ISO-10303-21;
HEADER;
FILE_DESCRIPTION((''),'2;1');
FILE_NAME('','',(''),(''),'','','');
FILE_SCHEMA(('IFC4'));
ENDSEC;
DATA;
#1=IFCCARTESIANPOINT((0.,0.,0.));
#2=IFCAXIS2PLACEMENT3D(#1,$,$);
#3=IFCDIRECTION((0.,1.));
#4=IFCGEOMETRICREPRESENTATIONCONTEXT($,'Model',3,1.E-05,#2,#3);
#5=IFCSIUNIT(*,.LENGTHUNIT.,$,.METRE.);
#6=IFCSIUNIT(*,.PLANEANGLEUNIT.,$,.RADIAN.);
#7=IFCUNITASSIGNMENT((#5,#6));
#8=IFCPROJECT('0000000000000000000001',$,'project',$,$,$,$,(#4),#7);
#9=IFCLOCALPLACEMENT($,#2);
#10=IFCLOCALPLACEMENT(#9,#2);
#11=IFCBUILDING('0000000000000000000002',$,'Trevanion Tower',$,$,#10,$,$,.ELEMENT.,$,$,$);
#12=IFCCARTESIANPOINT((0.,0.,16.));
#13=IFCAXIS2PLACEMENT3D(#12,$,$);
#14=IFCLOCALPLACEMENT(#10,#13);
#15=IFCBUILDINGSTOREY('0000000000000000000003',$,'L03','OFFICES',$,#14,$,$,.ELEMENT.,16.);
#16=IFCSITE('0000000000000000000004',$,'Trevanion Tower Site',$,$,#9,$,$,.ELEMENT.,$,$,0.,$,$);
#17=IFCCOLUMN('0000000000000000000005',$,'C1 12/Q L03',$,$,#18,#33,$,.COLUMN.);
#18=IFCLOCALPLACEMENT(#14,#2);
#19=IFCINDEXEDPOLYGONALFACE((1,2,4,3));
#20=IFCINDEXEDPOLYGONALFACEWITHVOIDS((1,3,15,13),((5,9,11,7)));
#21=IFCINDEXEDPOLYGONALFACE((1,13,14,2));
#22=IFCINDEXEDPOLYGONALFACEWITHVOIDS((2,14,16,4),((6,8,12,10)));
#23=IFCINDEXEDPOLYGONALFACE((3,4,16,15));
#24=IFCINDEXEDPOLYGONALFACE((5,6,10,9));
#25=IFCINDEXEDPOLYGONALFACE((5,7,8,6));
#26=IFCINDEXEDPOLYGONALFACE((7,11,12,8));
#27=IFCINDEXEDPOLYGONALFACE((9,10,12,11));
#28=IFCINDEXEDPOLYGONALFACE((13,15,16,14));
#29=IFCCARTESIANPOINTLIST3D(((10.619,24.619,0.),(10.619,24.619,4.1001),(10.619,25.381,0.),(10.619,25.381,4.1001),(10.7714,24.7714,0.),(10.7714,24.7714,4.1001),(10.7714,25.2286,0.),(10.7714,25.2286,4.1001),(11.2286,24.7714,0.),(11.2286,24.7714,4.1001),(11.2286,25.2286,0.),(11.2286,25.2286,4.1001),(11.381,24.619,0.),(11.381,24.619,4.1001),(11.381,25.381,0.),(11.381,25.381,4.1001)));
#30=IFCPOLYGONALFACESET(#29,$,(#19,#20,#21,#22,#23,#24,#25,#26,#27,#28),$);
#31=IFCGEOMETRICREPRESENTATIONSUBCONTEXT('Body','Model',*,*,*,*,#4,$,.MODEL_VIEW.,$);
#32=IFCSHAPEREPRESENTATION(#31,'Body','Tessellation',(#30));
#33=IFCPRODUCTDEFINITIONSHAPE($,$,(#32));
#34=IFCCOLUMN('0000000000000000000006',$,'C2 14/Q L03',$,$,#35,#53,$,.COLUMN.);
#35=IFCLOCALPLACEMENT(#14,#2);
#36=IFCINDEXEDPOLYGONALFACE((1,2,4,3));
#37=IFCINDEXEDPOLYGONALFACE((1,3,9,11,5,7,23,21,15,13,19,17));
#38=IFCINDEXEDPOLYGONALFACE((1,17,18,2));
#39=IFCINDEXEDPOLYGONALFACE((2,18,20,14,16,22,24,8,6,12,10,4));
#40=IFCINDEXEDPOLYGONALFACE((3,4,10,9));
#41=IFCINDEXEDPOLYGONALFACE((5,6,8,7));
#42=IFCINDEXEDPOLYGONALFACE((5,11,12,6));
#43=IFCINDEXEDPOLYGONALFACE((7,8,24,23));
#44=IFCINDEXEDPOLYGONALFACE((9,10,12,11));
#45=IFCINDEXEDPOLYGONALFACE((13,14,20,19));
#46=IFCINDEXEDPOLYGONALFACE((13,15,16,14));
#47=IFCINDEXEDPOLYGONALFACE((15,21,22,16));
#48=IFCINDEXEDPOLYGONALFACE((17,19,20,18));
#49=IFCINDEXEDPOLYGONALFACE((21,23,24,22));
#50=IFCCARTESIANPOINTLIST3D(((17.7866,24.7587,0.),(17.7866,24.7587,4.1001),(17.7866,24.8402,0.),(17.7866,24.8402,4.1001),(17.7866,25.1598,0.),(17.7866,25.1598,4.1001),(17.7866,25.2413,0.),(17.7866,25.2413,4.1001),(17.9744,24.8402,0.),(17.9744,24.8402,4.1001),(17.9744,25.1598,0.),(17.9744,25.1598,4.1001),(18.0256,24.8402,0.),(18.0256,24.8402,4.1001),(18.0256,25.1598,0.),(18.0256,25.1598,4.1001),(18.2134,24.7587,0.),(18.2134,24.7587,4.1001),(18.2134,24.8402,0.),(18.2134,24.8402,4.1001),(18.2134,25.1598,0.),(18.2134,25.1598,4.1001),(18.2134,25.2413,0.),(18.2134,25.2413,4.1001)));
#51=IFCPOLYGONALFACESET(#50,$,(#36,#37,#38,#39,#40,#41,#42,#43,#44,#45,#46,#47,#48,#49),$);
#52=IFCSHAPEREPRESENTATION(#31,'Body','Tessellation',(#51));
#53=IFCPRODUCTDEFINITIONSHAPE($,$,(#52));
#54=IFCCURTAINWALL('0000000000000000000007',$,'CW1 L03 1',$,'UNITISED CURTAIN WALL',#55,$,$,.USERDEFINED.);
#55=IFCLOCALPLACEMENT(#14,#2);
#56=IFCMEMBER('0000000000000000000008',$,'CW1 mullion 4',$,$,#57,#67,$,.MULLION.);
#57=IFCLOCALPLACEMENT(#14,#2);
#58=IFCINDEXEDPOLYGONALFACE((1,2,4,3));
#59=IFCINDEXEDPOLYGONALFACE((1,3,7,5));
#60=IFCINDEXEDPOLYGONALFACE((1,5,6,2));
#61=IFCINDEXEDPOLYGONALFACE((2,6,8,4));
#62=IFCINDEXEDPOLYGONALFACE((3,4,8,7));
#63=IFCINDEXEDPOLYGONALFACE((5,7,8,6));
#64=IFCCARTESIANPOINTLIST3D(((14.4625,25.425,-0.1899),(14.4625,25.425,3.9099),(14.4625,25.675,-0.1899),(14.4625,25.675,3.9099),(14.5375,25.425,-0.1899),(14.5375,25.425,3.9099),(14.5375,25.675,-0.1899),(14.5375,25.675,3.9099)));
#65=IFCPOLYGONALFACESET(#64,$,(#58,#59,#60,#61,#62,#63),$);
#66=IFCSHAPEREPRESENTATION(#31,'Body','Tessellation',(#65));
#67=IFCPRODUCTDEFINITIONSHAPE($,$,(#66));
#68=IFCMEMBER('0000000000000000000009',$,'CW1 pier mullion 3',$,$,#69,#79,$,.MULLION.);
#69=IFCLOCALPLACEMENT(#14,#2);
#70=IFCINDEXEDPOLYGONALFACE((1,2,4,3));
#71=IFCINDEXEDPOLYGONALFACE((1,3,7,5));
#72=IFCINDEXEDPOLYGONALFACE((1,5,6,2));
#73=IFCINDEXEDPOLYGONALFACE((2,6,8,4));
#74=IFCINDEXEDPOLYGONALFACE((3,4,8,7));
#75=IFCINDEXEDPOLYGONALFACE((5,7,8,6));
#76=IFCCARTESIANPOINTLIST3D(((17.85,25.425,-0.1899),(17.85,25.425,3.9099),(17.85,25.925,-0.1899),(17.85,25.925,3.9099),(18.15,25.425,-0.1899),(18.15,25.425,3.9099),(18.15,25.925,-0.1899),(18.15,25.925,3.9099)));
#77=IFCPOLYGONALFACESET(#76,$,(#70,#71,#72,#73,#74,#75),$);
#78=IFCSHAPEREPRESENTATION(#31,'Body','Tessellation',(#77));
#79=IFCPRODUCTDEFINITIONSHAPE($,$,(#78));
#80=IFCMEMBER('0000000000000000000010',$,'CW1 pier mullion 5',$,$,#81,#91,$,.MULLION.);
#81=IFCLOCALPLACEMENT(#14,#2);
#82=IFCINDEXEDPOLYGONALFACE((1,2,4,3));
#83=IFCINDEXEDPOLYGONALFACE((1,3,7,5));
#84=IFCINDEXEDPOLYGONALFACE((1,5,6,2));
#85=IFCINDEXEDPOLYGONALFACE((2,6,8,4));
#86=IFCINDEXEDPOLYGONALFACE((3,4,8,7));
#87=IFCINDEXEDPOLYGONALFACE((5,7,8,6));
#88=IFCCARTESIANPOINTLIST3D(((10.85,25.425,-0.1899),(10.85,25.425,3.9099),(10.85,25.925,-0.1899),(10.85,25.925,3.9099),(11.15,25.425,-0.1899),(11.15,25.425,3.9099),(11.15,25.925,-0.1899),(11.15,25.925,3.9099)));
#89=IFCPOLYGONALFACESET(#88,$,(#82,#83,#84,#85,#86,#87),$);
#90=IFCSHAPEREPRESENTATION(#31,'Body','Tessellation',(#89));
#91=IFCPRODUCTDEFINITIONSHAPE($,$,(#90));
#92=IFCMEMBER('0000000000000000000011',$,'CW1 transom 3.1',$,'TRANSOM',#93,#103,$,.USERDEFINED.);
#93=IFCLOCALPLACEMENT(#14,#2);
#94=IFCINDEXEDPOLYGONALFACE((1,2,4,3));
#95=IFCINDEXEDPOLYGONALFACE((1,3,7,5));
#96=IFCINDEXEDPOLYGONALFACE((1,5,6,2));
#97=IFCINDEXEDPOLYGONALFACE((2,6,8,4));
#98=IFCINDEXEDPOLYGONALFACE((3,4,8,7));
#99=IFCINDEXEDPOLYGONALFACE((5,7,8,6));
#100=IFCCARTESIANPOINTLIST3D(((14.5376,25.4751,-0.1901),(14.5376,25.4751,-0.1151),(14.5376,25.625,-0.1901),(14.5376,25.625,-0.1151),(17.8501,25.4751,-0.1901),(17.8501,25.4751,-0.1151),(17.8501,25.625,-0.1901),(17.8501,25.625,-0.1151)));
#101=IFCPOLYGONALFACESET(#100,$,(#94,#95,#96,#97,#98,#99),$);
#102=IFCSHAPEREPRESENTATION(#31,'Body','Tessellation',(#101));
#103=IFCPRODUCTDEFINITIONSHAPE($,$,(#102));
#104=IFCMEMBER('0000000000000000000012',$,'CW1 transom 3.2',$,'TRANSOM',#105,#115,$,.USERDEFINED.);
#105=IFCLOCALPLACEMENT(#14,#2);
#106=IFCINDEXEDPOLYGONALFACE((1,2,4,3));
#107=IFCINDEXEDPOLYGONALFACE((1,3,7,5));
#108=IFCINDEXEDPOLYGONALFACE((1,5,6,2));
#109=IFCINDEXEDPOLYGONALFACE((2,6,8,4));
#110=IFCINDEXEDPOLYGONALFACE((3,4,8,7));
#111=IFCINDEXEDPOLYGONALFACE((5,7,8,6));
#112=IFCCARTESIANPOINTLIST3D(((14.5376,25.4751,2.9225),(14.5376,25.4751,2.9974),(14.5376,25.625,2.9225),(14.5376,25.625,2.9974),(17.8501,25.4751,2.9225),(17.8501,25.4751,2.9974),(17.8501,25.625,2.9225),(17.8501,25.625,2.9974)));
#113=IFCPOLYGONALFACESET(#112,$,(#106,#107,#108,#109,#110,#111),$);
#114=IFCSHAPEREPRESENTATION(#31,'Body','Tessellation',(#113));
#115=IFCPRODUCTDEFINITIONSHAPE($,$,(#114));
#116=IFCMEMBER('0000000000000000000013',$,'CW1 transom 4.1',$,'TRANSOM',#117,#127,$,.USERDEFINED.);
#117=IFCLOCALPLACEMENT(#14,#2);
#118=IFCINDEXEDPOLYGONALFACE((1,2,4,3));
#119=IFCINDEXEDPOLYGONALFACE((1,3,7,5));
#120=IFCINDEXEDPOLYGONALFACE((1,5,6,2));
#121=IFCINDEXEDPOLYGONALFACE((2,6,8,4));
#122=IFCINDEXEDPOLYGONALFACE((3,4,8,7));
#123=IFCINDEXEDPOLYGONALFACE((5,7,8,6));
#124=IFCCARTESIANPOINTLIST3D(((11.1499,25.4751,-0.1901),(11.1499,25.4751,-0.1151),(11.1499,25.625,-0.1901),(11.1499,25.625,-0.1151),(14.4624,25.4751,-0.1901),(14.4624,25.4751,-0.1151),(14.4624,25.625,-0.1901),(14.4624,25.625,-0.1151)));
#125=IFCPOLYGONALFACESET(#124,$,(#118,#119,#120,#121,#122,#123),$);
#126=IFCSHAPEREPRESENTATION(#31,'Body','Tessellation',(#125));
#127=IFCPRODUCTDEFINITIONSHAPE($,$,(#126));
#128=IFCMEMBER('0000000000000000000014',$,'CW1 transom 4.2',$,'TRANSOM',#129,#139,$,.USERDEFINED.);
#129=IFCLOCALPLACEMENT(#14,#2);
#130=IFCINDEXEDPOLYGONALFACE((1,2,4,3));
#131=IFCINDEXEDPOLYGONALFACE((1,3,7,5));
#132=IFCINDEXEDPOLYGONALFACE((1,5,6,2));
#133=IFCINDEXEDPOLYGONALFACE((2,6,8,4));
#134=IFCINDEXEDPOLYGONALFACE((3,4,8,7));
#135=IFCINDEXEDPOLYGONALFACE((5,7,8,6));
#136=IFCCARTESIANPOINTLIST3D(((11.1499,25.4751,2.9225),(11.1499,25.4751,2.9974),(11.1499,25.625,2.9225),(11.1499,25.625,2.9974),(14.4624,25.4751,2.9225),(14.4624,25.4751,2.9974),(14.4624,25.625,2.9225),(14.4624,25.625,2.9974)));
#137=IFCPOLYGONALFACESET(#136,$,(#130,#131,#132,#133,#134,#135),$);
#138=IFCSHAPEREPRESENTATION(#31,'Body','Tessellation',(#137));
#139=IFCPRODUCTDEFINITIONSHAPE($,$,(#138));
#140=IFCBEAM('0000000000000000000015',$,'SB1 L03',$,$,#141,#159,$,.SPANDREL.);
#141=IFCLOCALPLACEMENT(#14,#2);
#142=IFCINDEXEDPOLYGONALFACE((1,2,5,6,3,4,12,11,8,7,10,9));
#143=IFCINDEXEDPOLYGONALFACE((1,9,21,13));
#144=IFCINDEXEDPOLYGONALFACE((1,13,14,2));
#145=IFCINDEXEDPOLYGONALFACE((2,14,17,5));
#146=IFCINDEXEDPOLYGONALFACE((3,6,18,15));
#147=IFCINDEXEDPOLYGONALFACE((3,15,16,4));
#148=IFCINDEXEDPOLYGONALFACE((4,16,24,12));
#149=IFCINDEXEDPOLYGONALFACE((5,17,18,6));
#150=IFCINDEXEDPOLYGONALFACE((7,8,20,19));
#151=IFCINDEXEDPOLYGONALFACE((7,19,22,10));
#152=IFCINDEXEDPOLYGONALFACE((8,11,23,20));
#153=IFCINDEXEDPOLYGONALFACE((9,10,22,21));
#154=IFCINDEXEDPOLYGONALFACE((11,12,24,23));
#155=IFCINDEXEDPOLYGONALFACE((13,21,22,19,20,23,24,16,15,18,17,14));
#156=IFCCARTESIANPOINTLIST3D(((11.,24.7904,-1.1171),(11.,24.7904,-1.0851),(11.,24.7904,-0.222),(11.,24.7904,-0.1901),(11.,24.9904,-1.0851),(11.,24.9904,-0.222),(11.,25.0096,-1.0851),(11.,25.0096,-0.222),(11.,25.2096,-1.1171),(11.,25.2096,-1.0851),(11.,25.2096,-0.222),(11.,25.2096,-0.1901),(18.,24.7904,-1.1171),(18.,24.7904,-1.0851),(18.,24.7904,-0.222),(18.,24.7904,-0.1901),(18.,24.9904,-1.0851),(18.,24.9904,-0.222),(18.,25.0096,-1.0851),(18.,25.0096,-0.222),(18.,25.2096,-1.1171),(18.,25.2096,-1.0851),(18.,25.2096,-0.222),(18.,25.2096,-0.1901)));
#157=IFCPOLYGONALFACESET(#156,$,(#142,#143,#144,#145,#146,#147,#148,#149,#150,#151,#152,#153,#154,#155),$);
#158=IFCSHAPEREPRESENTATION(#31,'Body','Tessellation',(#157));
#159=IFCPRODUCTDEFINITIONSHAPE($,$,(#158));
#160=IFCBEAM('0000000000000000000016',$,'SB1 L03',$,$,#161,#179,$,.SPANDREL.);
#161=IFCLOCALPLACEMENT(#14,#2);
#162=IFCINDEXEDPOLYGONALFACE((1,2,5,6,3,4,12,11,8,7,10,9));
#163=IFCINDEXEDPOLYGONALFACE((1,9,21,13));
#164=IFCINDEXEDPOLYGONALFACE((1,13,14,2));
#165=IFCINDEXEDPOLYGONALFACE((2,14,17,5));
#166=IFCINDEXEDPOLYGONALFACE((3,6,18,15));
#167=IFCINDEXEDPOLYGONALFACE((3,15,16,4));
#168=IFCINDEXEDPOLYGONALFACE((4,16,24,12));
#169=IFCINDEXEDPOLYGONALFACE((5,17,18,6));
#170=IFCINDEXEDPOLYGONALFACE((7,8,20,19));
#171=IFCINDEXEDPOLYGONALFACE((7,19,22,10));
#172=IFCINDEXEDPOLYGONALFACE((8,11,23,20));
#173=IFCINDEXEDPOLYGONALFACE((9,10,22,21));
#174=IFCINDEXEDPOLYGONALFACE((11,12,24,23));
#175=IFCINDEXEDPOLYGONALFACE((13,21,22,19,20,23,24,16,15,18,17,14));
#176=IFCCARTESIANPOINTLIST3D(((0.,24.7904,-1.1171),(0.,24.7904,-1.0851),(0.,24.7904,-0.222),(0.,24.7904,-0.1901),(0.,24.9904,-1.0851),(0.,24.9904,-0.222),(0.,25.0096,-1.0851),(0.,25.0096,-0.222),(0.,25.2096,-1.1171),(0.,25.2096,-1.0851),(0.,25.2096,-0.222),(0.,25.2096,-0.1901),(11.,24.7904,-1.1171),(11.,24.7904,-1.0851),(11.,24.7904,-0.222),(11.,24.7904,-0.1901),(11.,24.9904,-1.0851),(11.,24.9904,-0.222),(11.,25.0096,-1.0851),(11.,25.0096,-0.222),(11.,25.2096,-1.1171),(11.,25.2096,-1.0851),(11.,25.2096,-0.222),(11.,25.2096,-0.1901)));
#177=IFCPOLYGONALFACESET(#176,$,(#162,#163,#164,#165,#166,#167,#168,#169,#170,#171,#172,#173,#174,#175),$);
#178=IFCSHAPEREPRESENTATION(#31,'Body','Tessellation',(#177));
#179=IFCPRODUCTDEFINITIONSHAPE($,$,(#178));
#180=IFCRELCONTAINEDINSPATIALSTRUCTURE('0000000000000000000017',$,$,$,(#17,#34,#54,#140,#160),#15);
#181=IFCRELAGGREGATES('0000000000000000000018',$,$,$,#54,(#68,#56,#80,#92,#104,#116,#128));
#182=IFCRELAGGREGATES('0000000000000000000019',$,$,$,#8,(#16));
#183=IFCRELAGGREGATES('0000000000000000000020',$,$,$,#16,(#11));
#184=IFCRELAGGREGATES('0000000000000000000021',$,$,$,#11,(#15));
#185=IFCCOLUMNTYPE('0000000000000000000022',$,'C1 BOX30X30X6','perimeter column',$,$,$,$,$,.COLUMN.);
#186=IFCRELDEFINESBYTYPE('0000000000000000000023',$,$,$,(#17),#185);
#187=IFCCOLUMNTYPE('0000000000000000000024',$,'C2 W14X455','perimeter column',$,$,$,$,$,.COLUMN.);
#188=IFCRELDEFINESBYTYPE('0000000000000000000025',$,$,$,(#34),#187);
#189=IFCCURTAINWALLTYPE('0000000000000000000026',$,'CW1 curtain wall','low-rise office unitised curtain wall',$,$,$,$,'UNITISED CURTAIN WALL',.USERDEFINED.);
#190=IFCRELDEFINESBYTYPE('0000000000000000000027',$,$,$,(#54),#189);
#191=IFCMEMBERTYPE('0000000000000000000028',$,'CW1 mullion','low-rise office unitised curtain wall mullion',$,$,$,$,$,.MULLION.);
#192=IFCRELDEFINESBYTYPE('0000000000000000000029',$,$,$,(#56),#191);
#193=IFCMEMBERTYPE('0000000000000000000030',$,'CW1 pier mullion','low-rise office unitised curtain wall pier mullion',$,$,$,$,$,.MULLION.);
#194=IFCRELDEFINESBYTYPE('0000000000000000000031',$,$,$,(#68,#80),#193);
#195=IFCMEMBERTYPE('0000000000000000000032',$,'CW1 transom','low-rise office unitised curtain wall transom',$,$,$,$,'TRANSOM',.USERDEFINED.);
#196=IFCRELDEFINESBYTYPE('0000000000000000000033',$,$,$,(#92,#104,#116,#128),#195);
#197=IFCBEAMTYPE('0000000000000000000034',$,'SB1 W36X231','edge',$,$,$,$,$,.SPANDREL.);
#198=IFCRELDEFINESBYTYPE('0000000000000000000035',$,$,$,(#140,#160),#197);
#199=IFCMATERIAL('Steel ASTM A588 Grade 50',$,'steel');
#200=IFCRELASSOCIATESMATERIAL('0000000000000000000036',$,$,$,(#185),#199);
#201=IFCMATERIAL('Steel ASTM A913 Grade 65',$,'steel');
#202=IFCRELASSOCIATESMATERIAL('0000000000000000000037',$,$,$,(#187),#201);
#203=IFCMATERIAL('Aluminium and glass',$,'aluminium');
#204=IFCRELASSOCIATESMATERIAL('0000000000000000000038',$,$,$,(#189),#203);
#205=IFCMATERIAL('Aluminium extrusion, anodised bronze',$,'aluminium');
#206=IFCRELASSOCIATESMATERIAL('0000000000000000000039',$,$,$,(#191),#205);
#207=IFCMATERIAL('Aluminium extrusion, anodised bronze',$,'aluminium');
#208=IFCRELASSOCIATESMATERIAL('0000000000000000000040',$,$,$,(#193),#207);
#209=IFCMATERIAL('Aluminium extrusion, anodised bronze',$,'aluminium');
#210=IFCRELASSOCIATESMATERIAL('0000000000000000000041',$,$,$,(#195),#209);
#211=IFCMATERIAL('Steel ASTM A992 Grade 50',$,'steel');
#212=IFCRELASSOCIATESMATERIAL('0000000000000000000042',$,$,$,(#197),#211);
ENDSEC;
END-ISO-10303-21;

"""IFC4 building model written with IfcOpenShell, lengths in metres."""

from ifc_helpers import new_model, si_unit, direction, frame, origin, origin_2d, place, context, subcontext, project, spatial, rectangle, hollow_rectangle, i_section, extrude, material, material_profile, profile_set, type_object, element, aggregate, save


model = new_model("IFC4")

# Units and contexts
model_context = context("Model", 3, precision=1e-05, world=origin(), true_north=direction((0.0, 1.0)))
body_context = subcontext(model_context, "Body", "Model", "MODEL_VIEW")
ifc_project = project(units=[si_unit("LENGTHUNIT", "METRE"), si_unit("PLANEANGLEUNIT", "RADIAN")], contexts=[model_context])

# Site, building, storey
site_placement = place(None, origin())
site = spatial("IfcSite", under=ifc_project, at=site_placement, Name="Trevanion Tower Site", CompositionType="ELEMENT", RefElevation=0.0)
building_placement = place(site_placement, origin())
building = spatial("IfcBuilding", under=site, at=building_placement, Name="Trevanion Tower", CompositionType="ELEMENT")
storey_placement = place(building_placement, frame((0.0, 0.0, 16.0)))
storey = spatial("IfcBuildingStorey", under=building, at=storey_placement, Name="L03", Description="OFFICES", CompositionType="ELEMENT", Elevation=16.0)

# Columns
ifc_material_1 = material(Name="Steel ASTM A588 Grade 50", Category="steel")
ifc_material_profile_1 = material_profile(ifc_material_1, hollow_rectangle(XDim=0.762, YDim=0.762, WallThickness=0.1523, at=origin_2d()), Name="BOX30X30X6")
ifc_profile_set_1 = profile_set([ifc_material_profile_1], Name="Steel ASTM A588 Grade 50")
column_type_1 = type_object("IfcColumnType", Name="C1 BOX30X30X6", Description="perimeter column", PredefinedType="COLUMN", material=ifc_profile_set_1)
column_1_placement = place(storey_placement, frame((11.0, 25.0, 0.0), z_axis=(0.0, 0.0, 1.0), x_axis=(1.0, 0.0, 0.0)))
element("IfcColumn", 1, at=column_1_placement, inside=storey, type_object=column_type_1, Name="C1 12/Q L03", PredefinedType="COLUMN", context=body_context, shape_type="SweptSolid", body=[
    extrude(hollow_rectangle(XDim=0.762, YDim=0.762, WallThickness=0.1523, at=origin_2d()), origin(), (0.0, 0.0, 1.0), 4.1001),
])
ifc_material_2 = material(Name="Steel ASTM A913 Grade 65", Category="steel")
ifc_material_profile_2 = material_profile(ifc_material_2, i_section(OverallWidth=0.4268, OverallDepth=0.4827, WebThickness=0.0513, FlangeThickness=0.0815, at=origin_2d()), Name="W14X455")
ifc_profile_set_2 = profile_set([ifc_material_profile_2], Name="Steel ASTM A913 Grade 65")
column_type_2 = type_object("IfcColumnType", Name="C2 W14X455", Description="perimeter column", PredefinedType="COLUMN", material=ifc_profile_set_2)
column_2_placement = place(storey_placement, frame((18.0, 25.0, 0.0), z_axis=(0.0, 0.0, 1.0), x_axis=(1.0, 0.0, 0.0)))
element("IfcColumn", 2, at=column_2_placement, inside=storey, type_object=column_type_2, Name="C2 14/Q L03", PredefinedType="COLUMN", context=body_context, shape_type="SweptSolid", body=[
    extrude(i_section(OverallWidth=0.4268, OverallDepth=0.4827, WebThickness=0.0513, FlangeThickness=0.0815, at=origin_2d()), origin(), (0.0, 0.0, 1.0), 4.1001),
])

# Curtain wall, members
ifc_material_3 = material(Name="Aluminium and glass", Category="aluminium")
curtain_wall_type = type_object("IfcCurtainWallType", Name="CW1 curtain wall", Description="low-rise office unitised curtain wall", ElementType="UNITISED CURTAIN WALL", PredefinedType="USERDEFINED", material=ifc_material_3)
curtain_wall_placement = place(storey_placement, origin())
curtain_wall = element("IfcCurtainWall", 3, at=curtain_wall_placement, inside=storey, type_object=curtain_wall_type, Name="CW1 L03 1", ObjectType="UNITISED CURTAIN WALL", PredefinedType="USERDEFINED")
ifc_material_4 = material(Name="Aluminium extrusion, anodised bronze", Category="aluminium")
ifc_material_profile_3 = material_profile(ifc_material_4, rectangle(XDim=0.075, YDim=0.25, at=origin_2d()), Name="CW1 mullion")
ifc_profile_set_3 = profile_set([ifc_material_profile_3], Name="Aluminium extrusion, anodised bronze")
member_type_1 = type_object("IfcMemberType", Name="CW1 mullion", Description="low-rise office unitised curtain wall mullion", PredefinedType="MULLION", material=ifc_profile_set_3)
member_1_placement = place(storey_placement, frame((14.5, 25.55, -0.1899), z_axis=(0.0, 0.0, 1.0), x_axis=(-1.0, 0.0, 0.0)))
member_1 = element("IfcMember", 4, at=member_1_placement, type_object=member_type_1, Name="CW1 mullion 4", PredefinedType="MULLION", context=body_context, shape_type="SweptSolid", body=[
    extrude(rectangle(XDim=0.075, YDim=0.25, at=origin_2d()), origin(), (0.0, 0.0, 1.0), 4.0999),
])
ifc_material_5 = material(Name="Aluminium extrusion, anodised bronze", Category="aluminium")
ifc_material_profile_4 = material_profile(ifc_material_5, rectangle(XDim=0.3, YDim=0.5, at=origin_2d()), Name="CW1 pier mullion")
ifc_profile_set_4 = profile_set([ifc_material_profile_4], Name="Aluminium extrusion, anodised bronze")
member_type_2 = type_object("IfcMemberType", Name="CW1 pier mullion", Description="low-rise office unitised curtain wall pier mullion", PredefinedType="MULLION", material=ifc_profile_set_4)
member_2_placement = place(storey_placement, frame((18.0, 25.675, -0.1899), z_axis=(0.0, 0.0, 1.0), x_axis=(-1.0, 0.0, 0.0)))
member_2 = element("IfcMember", 5, at=member_2_placement, type_object=member_type_2, Name="CW1 pier mullion 3", PredefinedType="MULLION", context=body_context, shape_type="SweptSolid", body=[
    extrude(rectangle(XDim=0.3, YDim=0.5, at=origin_2d()), origin(), (0.0, 0.0, 1.0), 4.0999),
])
member_3_placement = place(storey_placement, frame((11.0, 25.675, -0.1899), z_axis=(0.0, 0.0, 1.0), x_axis=(-1.0, 0.0, 0.0)))
member_3 = element("IfcMember", 6, at=member_3_placement, type_object=member_type_2, Name="CW1 pier mullion 5", PredefinedType="MULLION", context=body_context, shape_type="SweptSolid", body=[
    extrude(rectangle(XDim=0.3, YDim=0.5, at=origin_2d()), origin(), (0.0, 0.0, 1.0), 4.0999),
])
ifc_material_6 = material(Name="Aluminium extrusion, anodised bronze", Category="aluminium")
ifc_material_profile_5 = material_profile(ifc_material_6, rectangle(XDim=0.1499, YDim=0.075, at=origin_2d()), Name="CW1 transom")
ifc_profile_set_5 = profile_set([ifc_material_profile_5], Name="Aluminium extrusion, anodised bronze")
member_type_3 = type_object("IfcMemberType", Name="CW1 transom", Description="low-rise office unitised curtain wall transom", ElementType="TRANSOM", PredefinedType="USERDEFINED", material=ifc_profile_set_5)
member_4_placement = place(storey_placement, frame((17.8501, 25.55, -0.1526), z_axis=(-1.0, 0.0, 0.0), x_axis=(0.0, -1.0, 0.0)))
member_4 = element("IfcMember", 7, at=member_4_placement, type_object=member_type_3, Name="CW1 transom 3.1", ObjectType="TRANSOM", PredefinedType="USERDEFINED", context=body_context, shape_type="SweptSolid", body=[
    extrude(rectangle(XDim=0.1499, YDim=0.075, at=origin_2d()), origin(), (0.0, 0.0, 1.0), 3.3125),
])
member_5_placement = place(storey_placement, frame((17.8501, 25.55, 2.96), z_axis=(-1.0, 0.0, 0.0), x_axis=(0.0, -1.0, 0.0)))
member_5 = element("IfcMember", 8, at=member_5_placement, type_object=member_type_3, Name="CW1 transom 3.2", ObjectType="TRANSOM", PredefinedType="USERDEFINED", context=body_context, shape_type="SweptSolid", body=[
    extrude(rectangle(XDim=0.1499, YDim=0.075, at=origin_2d()), origin(), (0.0, 0.0, 1.0), 3.3125),
])
member_6_placement = place(storey_placement, frame((14.4624, 25.55, -0.1526), z_axis=(-1.0, 0.0, 0.0), x_axis=(0.0, -1.0, 0.0)))
member_6 = element("IfcMember", 9, at=member_6_placement, type_object=member_type_3, Name="CW1 transom 4.1", ObjectType="TRANSOM", PredefinedType="USERDEFINED", context=body_context, shape_type="SweptSolid", body=[
    extrude(rectangle(XDim=0.1499, YDim=0.075, at=origin_2d()), origin(), (0.0, 0.0, 1.0), 3.3125),
])
member_7_placement = place(storey_placement, frame((14.4624, 25.55, 2.96), z_axis=(-1.0, 0.0, 0.0), x_axis=(0.0, -1.0, 0.0)))
member_7 = element("IfcMember", 10, at=member_7_placement, type_object=member_type_3, Name="CW1 transom 4.2", ObjectType="TRANSOM", PredefinedType="USERDEFINED", context=body_context, shape_type="SweptSolid", body=[
    extrude(rectangle(XDim=0.1499, YDim=0.075, at=origin_2d()), origin(), (0.0, 0.0, 1.0), 3.3125),
])

# Beams
ifc_material_7 = material(Name="Steel ASTM A992 Grade 50", Category="steel")
ifc_material_profile_6 = material_profile(ifc_material_7, i_section(OverallWidth=0.4192, OverallDepth=0.927, WebThickness=0.0193, FlangeThickness=0.032, at=origin_2d()), Name="W36X231")
ifc_profile_set_6 = profile_set([ifc_material_profile_6], Name="Steel ASTM A992 Grade 50")
beam_type = type_object("IfcBeamType", Name="SB1 W36X231", Description="edge", PredefinedType="SPANDREL", material=ifc_profile_set_6)
beam_1_placement = place(storey_placement, frame((18.0, 25.0, -0.6536), z_axis=(-1.0, 0.0, 0.0), x_axis=(0.0, -1.0, 0.0)))
element("IfcBeam", 11, at=beam_1_placement, inside=storey, type_object=beam_type, Name="SB1 L03", PredefinedType="SPANDREL", context=body_context, shape_type="SweptSolid", body=[
    extrude(i_section(OverallWidth=0.4192, OverallDepth=0.927, WebThickness=0.0193, FlangeThickness=0.032, at=origin_2d()), origin(), (0.0, 0.0, 1.0), 7.0),
])
beam_2_placement = place(storey_placement, frame((11.0, 25.0, -0.6536), z_axis=(-1.0, 0.0, 0.0), x_axis=(0.0, -1.0, 0.0)))
element("IfcBeam", 12, at=beam_2_placement, inside=storey, type_object=beam_type, Name="SB1 L03", PredefinedType="SPANDREL", context=body_context, shape_type="SweptSolid", body=[
    extrude(i_section(OverallWidth=0.4192, OverallDepth=0.927, WebThickness=0.0193, FlangeThickness=0.032, at=origin_2d()), origin(), (0.0, 0.0, 1.0), 11.0),
])

aggregate(curtain_wall, [member_2, member_1, member_3, member_4, member_5, member_6, member_7])

save(model, "model.ifc")
